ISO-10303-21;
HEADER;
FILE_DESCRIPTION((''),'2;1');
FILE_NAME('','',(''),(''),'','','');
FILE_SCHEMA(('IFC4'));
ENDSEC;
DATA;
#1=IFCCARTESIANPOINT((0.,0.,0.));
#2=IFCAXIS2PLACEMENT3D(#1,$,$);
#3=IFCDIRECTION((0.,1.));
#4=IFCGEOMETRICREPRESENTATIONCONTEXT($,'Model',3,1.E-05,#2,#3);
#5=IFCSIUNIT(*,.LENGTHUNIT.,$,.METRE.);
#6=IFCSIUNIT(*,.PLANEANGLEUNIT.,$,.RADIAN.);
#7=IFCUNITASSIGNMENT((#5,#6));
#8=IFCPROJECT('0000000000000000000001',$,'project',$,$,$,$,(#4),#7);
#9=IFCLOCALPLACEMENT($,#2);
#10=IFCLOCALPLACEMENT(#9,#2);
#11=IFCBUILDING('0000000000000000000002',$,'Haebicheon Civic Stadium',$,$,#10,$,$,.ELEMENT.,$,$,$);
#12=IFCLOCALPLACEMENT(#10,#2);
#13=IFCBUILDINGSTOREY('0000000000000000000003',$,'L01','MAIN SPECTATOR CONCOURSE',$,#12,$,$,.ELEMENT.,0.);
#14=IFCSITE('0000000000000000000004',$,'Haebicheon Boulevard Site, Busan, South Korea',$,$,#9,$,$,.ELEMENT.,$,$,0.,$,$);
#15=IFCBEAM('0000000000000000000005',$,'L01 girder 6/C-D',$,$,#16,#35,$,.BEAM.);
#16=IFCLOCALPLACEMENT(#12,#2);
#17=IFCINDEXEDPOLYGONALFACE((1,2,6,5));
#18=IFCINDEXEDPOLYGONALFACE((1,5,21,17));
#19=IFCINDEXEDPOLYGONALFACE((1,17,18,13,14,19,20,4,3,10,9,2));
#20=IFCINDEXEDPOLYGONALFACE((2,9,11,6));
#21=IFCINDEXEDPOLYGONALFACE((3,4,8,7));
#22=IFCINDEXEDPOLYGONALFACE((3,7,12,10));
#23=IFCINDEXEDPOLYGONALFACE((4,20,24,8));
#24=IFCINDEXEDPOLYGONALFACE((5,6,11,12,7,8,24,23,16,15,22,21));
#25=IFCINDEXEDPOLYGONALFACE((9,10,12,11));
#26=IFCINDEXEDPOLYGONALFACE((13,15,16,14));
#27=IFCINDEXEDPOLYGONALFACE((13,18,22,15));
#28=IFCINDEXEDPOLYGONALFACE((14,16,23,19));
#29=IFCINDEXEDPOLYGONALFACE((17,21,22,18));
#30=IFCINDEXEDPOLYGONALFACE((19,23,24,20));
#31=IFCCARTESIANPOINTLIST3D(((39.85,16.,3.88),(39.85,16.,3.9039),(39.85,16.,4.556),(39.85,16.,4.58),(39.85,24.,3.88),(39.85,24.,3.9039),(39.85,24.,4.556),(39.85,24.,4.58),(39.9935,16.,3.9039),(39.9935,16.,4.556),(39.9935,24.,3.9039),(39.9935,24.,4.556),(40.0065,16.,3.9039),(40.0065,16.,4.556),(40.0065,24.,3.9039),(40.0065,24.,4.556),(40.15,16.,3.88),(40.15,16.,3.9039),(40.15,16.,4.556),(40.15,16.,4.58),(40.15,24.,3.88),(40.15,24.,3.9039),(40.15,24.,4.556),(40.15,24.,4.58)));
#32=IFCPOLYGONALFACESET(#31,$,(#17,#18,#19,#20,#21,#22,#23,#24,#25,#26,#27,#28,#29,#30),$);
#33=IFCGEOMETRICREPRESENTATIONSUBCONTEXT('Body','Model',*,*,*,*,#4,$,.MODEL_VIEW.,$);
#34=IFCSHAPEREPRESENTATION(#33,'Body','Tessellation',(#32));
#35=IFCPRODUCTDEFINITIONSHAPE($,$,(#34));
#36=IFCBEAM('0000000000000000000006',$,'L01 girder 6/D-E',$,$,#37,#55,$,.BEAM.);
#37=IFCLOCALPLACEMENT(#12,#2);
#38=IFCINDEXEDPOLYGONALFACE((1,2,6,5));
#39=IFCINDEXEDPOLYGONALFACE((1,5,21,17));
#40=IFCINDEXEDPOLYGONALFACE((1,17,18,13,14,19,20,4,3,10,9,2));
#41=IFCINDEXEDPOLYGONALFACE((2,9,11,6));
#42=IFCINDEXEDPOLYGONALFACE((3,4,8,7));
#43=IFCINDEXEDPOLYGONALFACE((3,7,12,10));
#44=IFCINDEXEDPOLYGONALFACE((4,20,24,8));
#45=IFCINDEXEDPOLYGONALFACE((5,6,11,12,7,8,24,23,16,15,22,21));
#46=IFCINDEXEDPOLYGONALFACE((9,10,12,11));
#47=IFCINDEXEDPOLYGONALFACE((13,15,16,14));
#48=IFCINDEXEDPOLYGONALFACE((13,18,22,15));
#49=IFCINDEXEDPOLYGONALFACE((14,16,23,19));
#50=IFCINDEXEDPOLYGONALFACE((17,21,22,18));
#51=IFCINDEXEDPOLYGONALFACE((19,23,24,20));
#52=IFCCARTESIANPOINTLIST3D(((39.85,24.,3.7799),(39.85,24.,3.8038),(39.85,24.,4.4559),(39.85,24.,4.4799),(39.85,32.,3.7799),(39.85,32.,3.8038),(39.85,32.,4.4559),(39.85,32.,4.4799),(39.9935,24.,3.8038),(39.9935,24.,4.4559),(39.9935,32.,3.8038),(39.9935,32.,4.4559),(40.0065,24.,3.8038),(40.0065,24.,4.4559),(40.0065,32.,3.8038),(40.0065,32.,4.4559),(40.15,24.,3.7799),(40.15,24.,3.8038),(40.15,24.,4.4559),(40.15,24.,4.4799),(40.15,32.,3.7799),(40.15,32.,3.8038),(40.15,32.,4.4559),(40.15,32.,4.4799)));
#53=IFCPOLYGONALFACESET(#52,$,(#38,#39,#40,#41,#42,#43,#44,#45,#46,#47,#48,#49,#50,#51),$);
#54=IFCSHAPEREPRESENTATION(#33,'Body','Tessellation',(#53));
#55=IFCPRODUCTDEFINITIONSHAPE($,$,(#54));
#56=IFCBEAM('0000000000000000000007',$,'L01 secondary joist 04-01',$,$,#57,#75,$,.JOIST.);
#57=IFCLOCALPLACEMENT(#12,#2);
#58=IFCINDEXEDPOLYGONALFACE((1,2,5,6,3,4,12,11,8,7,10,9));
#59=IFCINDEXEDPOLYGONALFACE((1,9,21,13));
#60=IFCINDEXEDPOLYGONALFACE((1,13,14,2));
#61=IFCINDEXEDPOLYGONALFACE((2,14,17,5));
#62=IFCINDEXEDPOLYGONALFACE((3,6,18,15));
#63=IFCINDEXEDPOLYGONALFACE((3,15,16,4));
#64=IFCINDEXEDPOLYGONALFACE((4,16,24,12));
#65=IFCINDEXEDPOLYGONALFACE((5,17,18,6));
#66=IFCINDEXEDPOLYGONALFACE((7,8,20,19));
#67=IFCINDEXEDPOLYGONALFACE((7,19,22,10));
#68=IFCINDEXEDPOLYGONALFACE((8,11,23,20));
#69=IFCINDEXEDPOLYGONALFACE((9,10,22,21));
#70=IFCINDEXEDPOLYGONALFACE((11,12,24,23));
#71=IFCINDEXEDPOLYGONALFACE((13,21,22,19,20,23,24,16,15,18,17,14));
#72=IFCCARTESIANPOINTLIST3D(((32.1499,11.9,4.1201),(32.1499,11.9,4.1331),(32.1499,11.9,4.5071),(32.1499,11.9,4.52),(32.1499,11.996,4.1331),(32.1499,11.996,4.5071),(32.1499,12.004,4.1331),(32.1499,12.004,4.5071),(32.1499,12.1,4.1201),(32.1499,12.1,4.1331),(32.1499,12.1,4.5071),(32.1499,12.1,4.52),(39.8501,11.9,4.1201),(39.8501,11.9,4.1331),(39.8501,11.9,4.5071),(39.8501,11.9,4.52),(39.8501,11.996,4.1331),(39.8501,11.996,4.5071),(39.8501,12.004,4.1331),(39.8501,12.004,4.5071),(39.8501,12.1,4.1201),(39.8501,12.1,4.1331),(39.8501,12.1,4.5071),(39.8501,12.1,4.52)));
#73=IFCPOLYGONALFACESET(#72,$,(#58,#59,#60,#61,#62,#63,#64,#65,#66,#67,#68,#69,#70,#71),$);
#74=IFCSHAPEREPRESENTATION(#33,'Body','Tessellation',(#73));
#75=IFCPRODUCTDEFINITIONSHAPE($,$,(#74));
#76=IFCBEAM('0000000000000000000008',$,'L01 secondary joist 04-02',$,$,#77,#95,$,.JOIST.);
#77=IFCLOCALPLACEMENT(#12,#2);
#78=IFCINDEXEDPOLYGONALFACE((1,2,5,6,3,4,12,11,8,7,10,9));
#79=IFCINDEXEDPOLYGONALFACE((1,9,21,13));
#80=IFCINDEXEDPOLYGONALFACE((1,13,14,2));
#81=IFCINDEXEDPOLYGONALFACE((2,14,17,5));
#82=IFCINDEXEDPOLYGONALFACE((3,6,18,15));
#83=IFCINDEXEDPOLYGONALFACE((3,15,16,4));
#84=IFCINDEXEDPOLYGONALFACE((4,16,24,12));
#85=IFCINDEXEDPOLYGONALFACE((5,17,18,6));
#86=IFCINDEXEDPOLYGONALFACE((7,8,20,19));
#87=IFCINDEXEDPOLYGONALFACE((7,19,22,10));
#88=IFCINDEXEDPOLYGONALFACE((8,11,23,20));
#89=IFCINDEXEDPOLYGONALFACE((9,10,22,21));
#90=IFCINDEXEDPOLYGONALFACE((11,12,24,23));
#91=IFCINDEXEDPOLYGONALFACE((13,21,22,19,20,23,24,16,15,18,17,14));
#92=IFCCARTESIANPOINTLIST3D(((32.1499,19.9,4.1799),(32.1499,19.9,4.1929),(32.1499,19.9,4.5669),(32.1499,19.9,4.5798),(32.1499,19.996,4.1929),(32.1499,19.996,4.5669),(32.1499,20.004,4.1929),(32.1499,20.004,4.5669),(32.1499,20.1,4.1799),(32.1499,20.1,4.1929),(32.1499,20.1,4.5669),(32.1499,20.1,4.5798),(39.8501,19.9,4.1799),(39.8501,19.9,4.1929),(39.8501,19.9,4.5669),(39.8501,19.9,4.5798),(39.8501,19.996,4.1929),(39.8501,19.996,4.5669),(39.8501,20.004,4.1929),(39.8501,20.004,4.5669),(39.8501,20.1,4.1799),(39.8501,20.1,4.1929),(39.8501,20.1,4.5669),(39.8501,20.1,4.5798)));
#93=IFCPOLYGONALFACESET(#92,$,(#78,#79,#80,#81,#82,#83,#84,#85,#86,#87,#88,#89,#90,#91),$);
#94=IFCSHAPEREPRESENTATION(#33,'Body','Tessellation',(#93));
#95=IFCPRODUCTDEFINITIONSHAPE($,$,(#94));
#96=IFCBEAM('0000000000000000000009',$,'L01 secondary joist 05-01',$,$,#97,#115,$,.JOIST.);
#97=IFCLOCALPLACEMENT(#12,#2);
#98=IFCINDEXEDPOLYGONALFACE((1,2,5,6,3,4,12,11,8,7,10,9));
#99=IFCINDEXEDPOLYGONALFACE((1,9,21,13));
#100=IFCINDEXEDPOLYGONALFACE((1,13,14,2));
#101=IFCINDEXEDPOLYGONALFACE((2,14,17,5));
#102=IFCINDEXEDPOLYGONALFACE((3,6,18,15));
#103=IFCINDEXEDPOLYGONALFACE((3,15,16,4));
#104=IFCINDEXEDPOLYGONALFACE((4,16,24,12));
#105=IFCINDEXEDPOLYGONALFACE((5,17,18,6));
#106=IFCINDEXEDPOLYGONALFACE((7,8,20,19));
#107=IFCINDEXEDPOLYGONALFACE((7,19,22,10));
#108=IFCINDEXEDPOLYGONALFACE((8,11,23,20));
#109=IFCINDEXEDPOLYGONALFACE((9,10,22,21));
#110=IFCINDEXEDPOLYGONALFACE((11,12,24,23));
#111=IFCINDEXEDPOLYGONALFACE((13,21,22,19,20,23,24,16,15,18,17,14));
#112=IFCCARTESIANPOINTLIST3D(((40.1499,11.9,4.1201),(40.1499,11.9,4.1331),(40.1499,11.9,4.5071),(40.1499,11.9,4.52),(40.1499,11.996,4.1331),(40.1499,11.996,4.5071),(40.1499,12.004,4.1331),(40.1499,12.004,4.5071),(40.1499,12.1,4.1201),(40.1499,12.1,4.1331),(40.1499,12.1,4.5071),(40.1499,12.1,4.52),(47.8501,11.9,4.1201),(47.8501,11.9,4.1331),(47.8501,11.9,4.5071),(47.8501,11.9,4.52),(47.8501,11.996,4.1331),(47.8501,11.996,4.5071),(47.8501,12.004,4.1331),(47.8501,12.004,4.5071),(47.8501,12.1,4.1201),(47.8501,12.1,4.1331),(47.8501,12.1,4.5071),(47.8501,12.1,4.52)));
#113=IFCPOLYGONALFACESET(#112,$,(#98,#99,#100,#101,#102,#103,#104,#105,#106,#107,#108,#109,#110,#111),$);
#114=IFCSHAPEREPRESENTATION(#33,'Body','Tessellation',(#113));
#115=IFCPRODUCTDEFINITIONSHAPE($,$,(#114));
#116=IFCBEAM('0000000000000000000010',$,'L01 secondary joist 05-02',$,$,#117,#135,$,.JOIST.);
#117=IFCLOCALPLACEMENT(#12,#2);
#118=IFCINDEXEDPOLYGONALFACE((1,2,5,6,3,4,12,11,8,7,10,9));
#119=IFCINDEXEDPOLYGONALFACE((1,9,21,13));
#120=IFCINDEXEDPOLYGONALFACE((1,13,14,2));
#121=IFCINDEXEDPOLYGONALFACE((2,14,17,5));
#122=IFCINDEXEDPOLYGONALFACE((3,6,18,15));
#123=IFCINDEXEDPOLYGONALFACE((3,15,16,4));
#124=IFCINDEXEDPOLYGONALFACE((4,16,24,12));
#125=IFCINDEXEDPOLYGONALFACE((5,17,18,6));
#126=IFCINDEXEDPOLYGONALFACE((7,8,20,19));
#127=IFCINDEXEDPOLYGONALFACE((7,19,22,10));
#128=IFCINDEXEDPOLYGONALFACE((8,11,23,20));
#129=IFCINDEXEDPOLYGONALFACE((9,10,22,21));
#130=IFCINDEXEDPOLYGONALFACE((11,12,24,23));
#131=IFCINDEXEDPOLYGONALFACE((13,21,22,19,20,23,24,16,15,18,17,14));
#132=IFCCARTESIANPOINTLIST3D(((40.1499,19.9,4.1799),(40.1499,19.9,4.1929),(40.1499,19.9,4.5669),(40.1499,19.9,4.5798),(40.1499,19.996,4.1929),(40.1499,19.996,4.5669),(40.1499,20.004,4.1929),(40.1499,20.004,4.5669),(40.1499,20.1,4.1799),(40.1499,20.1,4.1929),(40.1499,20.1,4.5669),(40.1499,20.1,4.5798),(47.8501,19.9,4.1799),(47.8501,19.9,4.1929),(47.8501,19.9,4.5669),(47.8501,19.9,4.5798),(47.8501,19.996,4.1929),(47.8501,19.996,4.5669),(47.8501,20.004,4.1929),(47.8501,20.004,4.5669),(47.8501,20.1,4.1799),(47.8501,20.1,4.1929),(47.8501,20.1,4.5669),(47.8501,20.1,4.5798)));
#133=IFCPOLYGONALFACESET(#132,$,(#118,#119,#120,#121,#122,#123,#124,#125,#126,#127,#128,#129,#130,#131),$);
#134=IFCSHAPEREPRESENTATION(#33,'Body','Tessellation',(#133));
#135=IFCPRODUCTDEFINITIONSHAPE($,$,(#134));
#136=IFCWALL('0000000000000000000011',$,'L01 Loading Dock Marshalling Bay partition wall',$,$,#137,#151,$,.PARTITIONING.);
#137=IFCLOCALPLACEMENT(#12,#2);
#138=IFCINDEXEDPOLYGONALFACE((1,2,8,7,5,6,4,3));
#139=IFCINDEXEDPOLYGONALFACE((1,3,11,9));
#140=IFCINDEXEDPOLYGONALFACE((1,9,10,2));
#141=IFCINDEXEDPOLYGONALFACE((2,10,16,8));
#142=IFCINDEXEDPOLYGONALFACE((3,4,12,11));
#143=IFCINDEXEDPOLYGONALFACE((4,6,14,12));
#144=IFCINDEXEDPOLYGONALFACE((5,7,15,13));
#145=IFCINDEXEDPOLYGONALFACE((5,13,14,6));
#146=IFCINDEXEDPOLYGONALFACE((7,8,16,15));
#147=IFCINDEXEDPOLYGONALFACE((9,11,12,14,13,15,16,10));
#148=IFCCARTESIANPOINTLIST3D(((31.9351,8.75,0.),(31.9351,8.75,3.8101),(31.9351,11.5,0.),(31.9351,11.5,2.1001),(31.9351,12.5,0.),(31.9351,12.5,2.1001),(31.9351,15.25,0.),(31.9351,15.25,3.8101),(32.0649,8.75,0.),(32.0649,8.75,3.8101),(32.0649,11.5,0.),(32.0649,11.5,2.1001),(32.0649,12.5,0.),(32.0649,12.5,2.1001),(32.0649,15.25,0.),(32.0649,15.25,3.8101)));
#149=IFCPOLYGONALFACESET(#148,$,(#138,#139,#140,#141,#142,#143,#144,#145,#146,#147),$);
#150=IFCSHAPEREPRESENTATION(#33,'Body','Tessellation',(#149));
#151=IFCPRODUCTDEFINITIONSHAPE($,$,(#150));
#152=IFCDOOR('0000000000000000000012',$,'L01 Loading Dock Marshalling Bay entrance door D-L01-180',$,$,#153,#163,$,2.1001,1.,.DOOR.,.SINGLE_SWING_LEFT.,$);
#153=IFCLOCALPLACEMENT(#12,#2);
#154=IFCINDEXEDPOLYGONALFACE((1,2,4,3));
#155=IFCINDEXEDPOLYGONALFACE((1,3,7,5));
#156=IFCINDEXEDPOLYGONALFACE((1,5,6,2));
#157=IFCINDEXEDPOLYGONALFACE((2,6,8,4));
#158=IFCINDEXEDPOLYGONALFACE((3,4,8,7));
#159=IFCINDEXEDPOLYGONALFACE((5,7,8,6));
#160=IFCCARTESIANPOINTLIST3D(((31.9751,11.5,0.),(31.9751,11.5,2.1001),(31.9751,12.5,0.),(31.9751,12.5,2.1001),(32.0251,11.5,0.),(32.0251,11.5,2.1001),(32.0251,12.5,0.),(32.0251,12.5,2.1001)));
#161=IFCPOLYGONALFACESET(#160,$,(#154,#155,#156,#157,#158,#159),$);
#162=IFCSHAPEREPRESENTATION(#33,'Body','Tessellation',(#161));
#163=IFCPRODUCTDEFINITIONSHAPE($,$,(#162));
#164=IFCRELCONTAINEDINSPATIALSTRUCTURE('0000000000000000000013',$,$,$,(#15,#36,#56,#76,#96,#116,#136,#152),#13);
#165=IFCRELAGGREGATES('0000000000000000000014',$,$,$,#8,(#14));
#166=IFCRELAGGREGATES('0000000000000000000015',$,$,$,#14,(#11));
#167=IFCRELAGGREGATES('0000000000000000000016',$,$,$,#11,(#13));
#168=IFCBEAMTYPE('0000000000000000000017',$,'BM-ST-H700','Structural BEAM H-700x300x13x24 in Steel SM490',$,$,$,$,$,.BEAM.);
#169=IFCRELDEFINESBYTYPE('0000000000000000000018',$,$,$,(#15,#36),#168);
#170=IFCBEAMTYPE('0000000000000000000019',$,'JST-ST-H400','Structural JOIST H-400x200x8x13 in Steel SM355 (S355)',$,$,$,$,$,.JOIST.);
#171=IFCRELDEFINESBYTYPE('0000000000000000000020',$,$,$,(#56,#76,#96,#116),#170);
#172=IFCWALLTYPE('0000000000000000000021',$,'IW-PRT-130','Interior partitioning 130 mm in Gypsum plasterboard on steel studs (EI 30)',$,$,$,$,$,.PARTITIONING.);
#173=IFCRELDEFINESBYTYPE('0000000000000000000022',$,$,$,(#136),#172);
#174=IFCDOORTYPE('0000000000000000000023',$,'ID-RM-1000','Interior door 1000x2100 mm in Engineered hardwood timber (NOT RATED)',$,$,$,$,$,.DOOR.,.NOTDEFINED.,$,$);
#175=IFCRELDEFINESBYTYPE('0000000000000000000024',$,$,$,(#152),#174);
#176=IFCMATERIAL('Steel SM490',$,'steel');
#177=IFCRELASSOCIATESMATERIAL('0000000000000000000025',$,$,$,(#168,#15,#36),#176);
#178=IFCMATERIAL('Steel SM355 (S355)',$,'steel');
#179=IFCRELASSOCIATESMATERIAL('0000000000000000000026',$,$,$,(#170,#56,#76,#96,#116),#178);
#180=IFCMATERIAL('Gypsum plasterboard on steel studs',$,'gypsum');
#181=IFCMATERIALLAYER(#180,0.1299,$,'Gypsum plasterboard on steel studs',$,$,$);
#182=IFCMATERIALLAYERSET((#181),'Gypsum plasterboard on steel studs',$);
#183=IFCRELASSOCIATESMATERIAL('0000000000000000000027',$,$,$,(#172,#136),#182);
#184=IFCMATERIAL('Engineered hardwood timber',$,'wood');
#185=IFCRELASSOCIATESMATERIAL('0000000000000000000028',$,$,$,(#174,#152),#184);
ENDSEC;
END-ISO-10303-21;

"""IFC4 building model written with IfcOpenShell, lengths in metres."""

from ifc_helpers import new_model, si_unit, direction, frame, frame_2d, origin, origin_2d, place, context, subcontext, project, spatial, rectangle, i_section, extrude, material, layer, layer_set, material_profile, profile_set, type_object, element, fill, save


model = new_model("IFC4")

# Units and contexts
model_context = context("Model", 3, precision=1e-05, world=origin(), true_north=direction((0.0, 1.0)))
body_context = subcontext(model_context, "Body", "Model", "MODEL_VIEW")
ifc_project = project(units=[si_unit("LENGTHUNIT", "METRE"), si_unit("PLANEANGLEUNIT", "RADIAN")], contexts=[model_context])

# Site, building, storey
site_placement = place(None, origin())
site = spatial("IfcSite", under=ifc_project, at=site_placement, Name="Haebicheon Boulevard Site, Busan, South Korea", CompositionType="ELEMENT", RefElevation=0.0)
building_placement = place(site_placement, origin())
building = spatial("IfcBuilding", under=site, at=building_placement, Name="Haebicheon Civic Stadium", CompositionType="ELEMENT")
storey_placement = place(building_placement, origin())
storey = spatial("IfcBuildingStorey", under=building, at=storey_placement, Name="L01", Description="MAIN SPECTATOR CONCOURSE", CompositionType="ELEMENT", Elevation=0.0)

# Beams
ifc_material_1 = material(Name="Steel SM490", Category="steel")
ifc_material_profile_1 = material_profile(ifc_material_1, i_section(OverallWidth=0.3, OverallDepth=0.7, WebThickness=0.0129, FlangeThickness=0.0239, at=origin_2d()), Name="H-700x300x13x24")
ifc_profile_set_1 = profile_set([ifc_material_profile_1], Name="Steel SM490")
beam_type_1 = type_object("IfcBeamType", Name="BM-ST-H700", Description="Structural BEAM H-700x300x13x24 in Steel SM490", PredefinedType="BEAM", material=ifc_profile_set_1)
for number, where, z_axis, x_axis, name in (
    (1, (40.0, 16.0, 4.23), (0.0, 1.0, 0.0), (-1.0, 0.0, 0.0), "L01 girder 6/C-D"),
    (2, (40.0, 24.0, 4.1299), (0.0, 1.0, 0.0), (-1.0, 0.0, 0.0), "L01 girder 6/D-E"),
):
    element("IfcBeam", number, at=place(storey_placement, frame(where, z_axis=z_axis, x_axis=x_axis)), inside=storey, type_object=beam_type_1, material=ifc_profile_set_1, Name=name, PredefinedType="BEAM", context=body_context, shape_type="SweptSolid", body=[
        extrude(i_section(OverallWidth=0.3, OverallDepth=0.7, WebThickness=0.0129, FlangeThickness=0.0239, at=origin_2d()), origin(), (0.0, 0.0, 1.0), 8.0),
    ])
ifc_material_2 = material(Name="Steel SM355 (S355)", Category="steel")
ifc_material_profile_2 = material_profile(ifc_material_2, i_section(OverallWidth=0.2, OverallDepth=0.3999, WebThickness=0.0081, FlangeThickness=0.0129, at=origin_2d()), Name="H-400x200x8x13")
ifc_profile_set_2 = profile_set([ifc_material_profile_2], Name="Steel SM355 (S355)")
beam_type_2 = type_object("IfcBeamType", Name="JST-ST-H400", Description="Structural JOIST H-400x200x8x13 in Steel SM355 (S355)", PredefinedType="JOIST", material=ifc_profile_set_2)
for number, where, z_axis, x_axis, name in (
    (3, (32.1499, 12.0, 4.3201), (1.0, 0.0, 0.0), (0.0, 1.0, 0.0), "L01 secondary joist 04-01"),
    (4, (32.1499, 20.0, 4.3799), (1.0, 0.0, 0.0), (0.0, 1.0, 0.0), "L01 secondary joist 04-02"),
    (5, (40.1499, 12.0, 4.3201), (1.0, 0.0, 0.0), (0.0, 1.0, 0.0), "L01 secondary joist 05-01"),
    (6, (40.1499, 20.0, 4.3799), (1.0, 0.0, 0.0), (0.0, 1.0, 0.0), "L01 secondary joist 05-02"),
):
    element("IfcBeam", number, at=place(storey_placement, frame(where, z_axis=z_axis, x_axis=x_axis)), inside=storey, type_object=beam_type_2, material=ifc_profile_set_2, Name=name, PredefinedType="JOIST", context=body_context, shape_type="SweptSolid", body=[
        extrude(i_section(OverallWidth=0.2, OverallDepth=0.3999, WebThickness=0.0081, FlangeThickness=0.0129, at=origin_2d()), origin(), (0.0, 0.0, 1.0), 7.7002),
    ])

# Wall, opening, door
ifc_material_3 = material(Name="Gypsum plasterboard on steel studs", Category="gypsum")
ifc_layer = layer(ifc_material_3, 0.1299, Name="Gypsum plasterboard on steel studs")
ifc_layer_set = layer_set([ifc_layer], Name="Gypsum plasterboard on steel studs")
wall_type = type_object("IfcWallType", Name="IW-PRT-130", Description="Interior partitioning 130 mm in Gypsum plasterboard on steel studs (EI 30)", PredefinedType="PARTITIONING", material=ifc_layer_set)
wall_placement = place(storey_placement, frame((32.0, 8.75, 0.0), z_axis=(0.0, 0.0, 1.0), x_axis=(0.0, 1.0, 0.0)))
wall = element("IfcWall", 7, at=wall_placement, inside=storey, type_object=wall_type, material=ifc_layer_set, Name="L01 Loading Dock Marshalling Bay partition wall", PredefinedType="PARTITIONING", context=body_context, shape_type="SweptSolid", body=[
    extrude(rectangle(XDim=6.5, YDim=0.1299, at=frame_2d((3.25, 0.0))), origin(), (0.0, 0.0, 1.0), 3.8101),
])
opening_placement = place(wall_placement, frame((2.75, 0.0, 0.0)))
opening = element("IfcOpeningElement", 8, at=opening_placement, cuts=wall, PredefinedType="OPENING", context=body_context, shape_type="SweptSolid", body=[
    extrude(rectangle(XDim=1.0, YDim=2.1001, at=frame_2d((0.5, 1.05))), frame((0.0, 0.075, 0.0), z_axis=(0.0, -1.0, 0.0), x_axis=(1.0, 0.0, 0.0)), (0.0, 0.0, 1.0), 0.1499),
])
ifc_material_4 = material(Name="Engineered hardwood timber", Category="wood")
door_type = type_object("IfcDoorType", Name="ID-RM-1000", Description="Interior door 1000x2100 mm in Engineered hardwood timber (NOT RATED)", OperationType="NOTDEFINED", PredefinedType="DOOR", material=ifc_material_4)
door_placement = place(opening_placement, origin())
door = element("IfcDoor", 9, at=door_placement, inside=storey, type_object=door_type, material=ifc_material_4, Name="L01 Loading Dock Marshalling Bay entrance door D-L01-180", OperationType="SINGLE_SWING_LEFT", OverallHeight=2.1001, OverallWidth=1.0, PredefinedType="DOOR", context=body_context, shape_type="SweptSolid", body=[
    extrude(rectangle(XDim=1.0, YDim=2.1001, at=frame_2d((0.5, 1.05))), frame((0.0, 0.0249, 0.0), z_axis=(0.0, -1.0, 0.0), x_axis=(1.0, 0.0, 0.0)), (0.0, 0.0, 1.0), 0.05),
])
fill(opening, door)

save(model, "model.ifc")
